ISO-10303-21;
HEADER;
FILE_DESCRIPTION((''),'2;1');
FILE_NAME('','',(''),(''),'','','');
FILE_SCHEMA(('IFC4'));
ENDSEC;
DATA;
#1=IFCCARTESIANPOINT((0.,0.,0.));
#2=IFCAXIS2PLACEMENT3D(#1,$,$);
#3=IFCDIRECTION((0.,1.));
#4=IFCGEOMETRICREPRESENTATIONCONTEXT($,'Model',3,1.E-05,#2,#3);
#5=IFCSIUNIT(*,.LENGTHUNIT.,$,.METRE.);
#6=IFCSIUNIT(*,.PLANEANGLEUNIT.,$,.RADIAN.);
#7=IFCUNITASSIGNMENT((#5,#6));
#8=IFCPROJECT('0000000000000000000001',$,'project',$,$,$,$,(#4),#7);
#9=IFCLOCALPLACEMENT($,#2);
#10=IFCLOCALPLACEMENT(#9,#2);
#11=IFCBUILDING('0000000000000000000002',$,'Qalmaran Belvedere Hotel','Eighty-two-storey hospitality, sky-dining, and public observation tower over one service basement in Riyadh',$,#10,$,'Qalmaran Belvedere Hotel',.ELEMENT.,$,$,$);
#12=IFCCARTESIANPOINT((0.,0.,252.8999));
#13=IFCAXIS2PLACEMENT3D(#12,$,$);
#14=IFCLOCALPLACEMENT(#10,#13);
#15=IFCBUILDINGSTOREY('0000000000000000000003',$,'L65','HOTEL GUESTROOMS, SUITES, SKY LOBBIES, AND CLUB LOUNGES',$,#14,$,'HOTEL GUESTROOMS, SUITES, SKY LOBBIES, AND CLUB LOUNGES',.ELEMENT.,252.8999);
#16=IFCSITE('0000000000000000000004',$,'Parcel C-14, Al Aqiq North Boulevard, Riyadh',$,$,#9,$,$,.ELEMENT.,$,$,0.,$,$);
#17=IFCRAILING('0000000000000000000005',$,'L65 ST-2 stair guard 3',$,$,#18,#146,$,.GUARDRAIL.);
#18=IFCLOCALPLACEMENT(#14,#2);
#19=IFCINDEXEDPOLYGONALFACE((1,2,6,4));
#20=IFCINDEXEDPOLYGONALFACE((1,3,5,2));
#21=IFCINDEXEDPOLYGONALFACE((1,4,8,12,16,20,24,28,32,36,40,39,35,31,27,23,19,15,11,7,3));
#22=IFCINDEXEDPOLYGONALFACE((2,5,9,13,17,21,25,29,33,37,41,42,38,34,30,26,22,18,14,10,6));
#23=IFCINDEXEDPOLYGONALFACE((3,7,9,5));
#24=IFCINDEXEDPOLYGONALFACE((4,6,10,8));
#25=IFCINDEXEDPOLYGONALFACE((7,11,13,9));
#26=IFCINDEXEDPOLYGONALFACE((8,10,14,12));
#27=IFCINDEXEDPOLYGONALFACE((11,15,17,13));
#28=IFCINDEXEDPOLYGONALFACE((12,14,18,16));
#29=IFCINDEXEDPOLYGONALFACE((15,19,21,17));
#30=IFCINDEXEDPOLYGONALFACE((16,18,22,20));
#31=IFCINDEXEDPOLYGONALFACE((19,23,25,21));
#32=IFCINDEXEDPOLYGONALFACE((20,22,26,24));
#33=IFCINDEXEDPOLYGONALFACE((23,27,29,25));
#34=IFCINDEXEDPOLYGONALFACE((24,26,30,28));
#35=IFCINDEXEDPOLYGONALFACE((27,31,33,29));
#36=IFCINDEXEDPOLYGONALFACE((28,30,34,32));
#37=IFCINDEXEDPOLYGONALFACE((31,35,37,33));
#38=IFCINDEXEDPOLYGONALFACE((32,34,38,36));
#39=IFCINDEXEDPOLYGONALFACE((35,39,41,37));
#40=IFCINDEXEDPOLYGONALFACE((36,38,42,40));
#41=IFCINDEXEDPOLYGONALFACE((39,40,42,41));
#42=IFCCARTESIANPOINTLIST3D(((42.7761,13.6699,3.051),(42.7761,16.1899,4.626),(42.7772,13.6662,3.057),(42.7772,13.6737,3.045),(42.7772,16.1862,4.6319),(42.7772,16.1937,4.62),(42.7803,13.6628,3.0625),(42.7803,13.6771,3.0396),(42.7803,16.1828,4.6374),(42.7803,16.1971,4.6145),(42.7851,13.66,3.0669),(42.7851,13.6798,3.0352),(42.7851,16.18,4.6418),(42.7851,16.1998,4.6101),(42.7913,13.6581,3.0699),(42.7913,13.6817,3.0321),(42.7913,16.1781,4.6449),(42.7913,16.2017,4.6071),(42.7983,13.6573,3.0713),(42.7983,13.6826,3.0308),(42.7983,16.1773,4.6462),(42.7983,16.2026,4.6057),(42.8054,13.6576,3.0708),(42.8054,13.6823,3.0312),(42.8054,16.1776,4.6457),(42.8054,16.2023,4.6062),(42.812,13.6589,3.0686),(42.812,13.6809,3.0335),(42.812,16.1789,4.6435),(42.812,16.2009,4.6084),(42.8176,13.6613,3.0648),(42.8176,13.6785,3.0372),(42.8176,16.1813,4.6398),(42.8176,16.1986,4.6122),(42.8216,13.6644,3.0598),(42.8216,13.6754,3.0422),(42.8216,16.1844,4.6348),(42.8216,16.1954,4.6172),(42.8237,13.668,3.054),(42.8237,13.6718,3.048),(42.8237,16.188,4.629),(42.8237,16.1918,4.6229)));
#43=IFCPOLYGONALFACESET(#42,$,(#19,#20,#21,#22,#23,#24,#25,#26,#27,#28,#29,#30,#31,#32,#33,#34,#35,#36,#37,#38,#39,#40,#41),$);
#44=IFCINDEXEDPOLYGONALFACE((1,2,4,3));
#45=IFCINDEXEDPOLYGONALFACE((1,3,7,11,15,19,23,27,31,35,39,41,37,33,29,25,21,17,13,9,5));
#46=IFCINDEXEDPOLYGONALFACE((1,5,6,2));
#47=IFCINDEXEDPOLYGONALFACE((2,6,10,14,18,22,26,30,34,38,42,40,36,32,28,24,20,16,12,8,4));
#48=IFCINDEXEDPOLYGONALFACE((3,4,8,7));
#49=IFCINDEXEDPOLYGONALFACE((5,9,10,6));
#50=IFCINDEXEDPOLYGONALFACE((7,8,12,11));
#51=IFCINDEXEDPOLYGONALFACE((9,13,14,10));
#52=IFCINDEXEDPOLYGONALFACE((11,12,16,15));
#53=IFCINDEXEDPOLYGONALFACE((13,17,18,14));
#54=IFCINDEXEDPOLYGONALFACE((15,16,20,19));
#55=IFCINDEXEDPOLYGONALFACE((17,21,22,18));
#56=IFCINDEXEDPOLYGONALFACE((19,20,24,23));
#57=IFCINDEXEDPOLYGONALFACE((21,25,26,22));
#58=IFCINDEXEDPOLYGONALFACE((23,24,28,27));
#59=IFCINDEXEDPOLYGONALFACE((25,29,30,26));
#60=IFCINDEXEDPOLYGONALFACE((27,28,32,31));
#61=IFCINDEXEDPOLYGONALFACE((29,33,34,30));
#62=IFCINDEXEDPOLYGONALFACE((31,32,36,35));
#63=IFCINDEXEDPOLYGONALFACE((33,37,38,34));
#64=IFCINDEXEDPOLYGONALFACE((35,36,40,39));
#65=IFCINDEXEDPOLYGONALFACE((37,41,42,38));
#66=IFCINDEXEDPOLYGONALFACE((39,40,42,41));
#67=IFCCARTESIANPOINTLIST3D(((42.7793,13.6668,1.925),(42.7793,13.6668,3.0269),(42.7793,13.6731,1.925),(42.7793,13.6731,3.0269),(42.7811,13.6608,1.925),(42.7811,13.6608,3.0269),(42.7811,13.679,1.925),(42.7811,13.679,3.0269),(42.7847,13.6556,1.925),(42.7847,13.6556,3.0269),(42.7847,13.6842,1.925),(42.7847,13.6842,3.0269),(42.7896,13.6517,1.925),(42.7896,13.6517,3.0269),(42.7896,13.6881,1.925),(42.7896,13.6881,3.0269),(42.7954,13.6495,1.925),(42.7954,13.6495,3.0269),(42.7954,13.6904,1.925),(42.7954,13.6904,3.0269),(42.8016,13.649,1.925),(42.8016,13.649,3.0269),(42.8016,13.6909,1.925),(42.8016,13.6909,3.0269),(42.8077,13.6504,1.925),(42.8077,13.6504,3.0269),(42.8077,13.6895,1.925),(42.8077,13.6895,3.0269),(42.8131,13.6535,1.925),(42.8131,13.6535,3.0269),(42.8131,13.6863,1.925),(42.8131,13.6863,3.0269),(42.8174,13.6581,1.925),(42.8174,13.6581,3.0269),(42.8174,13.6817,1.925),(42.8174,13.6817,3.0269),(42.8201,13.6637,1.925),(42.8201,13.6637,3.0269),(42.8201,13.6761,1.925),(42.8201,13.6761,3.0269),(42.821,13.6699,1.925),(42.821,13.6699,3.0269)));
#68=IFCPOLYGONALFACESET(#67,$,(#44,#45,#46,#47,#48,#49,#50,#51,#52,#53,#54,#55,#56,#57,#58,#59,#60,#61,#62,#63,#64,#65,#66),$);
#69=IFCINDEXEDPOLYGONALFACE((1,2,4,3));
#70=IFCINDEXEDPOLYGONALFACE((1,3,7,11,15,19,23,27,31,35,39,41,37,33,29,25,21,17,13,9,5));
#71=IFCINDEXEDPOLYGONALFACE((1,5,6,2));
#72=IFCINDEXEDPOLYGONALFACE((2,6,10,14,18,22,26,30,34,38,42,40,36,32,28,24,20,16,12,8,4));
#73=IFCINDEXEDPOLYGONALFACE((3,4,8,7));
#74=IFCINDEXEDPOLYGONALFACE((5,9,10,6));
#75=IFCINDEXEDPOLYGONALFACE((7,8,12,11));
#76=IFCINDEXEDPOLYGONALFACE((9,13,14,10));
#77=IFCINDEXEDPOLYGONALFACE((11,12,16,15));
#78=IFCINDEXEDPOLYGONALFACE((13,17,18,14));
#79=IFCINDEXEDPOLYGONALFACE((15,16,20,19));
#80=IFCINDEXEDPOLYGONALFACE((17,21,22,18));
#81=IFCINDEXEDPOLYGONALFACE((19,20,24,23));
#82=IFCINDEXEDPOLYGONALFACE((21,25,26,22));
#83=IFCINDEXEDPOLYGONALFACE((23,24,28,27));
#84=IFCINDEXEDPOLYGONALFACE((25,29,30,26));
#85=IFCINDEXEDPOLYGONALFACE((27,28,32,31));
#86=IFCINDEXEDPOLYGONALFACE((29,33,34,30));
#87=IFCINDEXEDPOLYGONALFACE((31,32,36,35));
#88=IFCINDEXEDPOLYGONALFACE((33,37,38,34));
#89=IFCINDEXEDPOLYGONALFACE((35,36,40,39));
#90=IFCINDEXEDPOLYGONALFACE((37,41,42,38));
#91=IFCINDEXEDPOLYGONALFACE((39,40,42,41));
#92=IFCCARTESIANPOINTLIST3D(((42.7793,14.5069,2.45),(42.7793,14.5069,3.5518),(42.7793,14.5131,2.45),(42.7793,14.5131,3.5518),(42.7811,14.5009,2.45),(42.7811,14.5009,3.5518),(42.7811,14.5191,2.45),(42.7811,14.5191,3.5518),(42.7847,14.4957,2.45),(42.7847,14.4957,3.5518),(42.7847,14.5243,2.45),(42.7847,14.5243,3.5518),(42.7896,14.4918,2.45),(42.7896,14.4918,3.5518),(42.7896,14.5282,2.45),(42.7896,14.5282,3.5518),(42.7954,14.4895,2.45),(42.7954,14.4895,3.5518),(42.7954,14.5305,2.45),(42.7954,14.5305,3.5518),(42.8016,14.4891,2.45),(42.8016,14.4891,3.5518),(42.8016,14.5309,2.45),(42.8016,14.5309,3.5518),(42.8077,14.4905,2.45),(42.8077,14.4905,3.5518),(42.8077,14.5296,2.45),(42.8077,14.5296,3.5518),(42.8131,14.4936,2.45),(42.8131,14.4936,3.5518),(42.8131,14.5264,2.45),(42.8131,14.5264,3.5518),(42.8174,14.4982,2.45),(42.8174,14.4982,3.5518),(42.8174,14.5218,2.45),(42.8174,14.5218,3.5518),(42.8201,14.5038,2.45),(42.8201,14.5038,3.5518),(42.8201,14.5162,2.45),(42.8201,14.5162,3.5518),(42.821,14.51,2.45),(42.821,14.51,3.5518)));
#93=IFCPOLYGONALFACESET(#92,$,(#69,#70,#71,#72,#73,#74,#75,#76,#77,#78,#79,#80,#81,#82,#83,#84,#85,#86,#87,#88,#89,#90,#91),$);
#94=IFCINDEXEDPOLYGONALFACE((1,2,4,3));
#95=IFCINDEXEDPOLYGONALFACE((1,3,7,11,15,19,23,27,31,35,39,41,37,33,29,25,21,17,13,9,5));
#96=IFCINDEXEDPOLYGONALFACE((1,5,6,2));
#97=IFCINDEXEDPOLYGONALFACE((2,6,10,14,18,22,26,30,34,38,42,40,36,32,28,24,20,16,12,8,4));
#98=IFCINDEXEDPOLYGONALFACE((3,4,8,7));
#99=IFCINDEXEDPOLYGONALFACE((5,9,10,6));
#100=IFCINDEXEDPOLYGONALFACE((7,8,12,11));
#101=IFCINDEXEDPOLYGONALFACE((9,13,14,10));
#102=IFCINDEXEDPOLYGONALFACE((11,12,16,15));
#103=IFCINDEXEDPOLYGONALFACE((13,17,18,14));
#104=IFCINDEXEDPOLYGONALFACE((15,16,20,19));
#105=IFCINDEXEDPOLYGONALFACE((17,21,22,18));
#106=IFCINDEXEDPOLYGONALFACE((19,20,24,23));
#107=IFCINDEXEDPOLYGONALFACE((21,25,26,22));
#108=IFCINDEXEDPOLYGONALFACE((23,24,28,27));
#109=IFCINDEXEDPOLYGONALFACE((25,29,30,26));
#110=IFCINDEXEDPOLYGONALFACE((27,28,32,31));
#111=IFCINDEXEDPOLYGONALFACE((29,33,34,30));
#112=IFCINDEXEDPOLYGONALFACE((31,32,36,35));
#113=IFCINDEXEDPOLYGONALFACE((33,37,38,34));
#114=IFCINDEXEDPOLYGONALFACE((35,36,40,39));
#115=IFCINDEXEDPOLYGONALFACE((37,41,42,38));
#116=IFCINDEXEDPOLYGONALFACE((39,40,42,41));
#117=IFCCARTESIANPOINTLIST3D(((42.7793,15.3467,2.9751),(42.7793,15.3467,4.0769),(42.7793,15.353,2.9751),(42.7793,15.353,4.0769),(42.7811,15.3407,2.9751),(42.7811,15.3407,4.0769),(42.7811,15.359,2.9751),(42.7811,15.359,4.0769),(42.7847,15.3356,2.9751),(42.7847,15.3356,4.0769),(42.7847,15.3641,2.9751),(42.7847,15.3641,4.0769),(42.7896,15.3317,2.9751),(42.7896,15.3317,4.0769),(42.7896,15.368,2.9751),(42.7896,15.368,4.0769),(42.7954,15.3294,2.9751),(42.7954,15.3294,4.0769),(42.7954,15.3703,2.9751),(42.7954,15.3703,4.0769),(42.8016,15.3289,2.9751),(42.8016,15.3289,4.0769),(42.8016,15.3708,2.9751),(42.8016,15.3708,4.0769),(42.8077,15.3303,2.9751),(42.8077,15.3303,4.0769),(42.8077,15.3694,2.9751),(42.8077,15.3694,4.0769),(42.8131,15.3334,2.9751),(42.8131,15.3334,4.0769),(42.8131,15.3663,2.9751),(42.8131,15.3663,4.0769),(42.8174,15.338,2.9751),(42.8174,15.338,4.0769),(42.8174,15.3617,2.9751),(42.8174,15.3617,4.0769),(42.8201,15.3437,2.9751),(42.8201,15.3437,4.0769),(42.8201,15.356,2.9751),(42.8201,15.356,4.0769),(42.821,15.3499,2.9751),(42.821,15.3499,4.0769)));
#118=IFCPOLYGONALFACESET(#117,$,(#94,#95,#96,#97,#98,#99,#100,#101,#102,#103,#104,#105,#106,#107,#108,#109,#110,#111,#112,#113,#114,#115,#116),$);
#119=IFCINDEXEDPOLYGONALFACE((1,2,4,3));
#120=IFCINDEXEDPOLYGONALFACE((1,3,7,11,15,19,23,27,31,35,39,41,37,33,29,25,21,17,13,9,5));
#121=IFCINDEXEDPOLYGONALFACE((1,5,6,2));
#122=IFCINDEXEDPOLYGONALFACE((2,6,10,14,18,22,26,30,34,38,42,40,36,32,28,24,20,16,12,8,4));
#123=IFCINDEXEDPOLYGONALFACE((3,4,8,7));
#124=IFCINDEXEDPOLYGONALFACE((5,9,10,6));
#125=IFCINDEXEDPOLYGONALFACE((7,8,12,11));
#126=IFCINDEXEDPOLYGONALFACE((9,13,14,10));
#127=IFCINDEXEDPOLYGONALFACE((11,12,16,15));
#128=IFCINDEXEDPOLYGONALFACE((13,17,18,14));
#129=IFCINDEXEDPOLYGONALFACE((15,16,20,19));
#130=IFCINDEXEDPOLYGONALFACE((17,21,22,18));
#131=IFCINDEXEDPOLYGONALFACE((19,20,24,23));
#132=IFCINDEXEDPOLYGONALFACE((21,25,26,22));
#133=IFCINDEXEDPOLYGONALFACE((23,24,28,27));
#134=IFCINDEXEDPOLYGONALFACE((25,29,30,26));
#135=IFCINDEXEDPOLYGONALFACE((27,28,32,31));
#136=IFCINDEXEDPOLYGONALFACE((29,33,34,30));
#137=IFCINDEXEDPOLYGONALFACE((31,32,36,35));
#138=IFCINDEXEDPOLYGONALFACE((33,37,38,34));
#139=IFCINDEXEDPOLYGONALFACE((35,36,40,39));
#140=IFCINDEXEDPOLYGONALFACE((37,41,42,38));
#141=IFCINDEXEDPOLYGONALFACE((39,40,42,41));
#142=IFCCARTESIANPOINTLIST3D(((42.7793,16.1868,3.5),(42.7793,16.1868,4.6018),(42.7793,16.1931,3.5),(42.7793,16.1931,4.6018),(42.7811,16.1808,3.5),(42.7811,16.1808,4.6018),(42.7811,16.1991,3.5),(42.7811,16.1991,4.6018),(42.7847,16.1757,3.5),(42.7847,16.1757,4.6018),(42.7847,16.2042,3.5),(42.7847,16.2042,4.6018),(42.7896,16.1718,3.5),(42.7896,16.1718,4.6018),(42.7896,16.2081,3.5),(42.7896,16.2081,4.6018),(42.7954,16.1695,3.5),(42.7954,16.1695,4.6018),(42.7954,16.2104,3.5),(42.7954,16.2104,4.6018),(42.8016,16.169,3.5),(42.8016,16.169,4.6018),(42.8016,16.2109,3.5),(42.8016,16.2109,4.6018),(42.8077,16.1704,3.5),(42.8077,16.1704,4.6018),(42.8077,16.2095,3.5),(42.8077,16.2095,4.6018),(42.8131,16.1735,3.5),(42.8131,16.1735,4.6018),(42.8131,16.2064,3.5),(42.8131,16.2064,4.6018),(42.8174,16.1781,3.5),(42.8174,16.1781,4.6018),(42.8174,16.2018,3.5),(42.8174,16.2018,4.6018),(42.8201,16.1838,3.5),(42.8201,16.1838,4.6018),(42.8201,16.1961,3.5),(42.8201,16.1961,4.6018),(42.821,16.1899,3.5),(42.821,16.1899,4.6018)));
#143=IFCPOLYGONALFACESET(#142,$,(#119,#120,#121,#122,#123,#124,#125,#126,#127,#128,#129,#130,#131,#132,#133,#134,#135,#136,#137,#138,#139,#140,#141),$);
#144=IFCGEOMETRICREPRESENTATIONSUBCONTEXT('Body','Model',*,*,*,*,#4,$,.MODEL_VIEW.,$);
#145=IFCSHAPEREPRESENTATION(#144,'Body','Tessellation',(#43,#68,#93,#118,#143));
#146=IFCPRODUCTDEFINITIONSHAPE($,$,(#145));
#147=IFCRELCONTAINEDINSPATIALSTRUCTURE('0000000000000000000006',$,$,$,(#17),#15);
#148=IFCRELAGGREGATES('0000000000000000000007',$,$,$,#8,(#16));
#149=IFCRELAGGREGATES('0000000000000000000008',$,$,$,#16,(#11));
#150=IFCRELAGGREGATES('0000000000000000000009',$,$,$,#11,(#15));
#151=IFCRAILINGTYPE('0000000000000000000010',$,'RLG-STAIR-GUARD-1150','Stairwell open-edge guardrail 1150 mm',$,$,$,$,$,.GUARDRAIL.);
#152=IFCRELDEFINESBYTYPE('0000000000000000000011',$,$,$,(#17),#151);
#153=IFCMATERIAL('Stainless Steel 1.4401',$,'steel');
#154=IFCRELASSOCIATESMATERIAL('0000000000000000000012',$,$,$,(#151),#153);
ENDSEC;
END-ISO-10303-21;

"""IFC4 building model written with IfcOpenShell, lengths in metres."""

from ifc_helpers import new_model, si_unit, direction, frame, origin, origin_2d, place, context, subcontext, project, spatial, circle, extrude, material, type_object, element, save


model = new_model("IFC4")

# Units and contexts
model_context = context("Model", 3, precision=1e-05, world=origin(), true_north=direction((0.0, 1.0)))
body_context = subcontext(model_context, "Body", "Model", "MODEL_VIEW")
ifc_project = project(units=[si_unit("LENGTHUNIT", "METRE"), si_unit("PLANEANGLEUNIT", "RADIAN")], contexts=[model_context])

# Site, building, storey
site_placement = place(None, origin())
site = spatial("IfcSite", under=ifc_project, at=site_placement, Name="Parcel C-14, Al Aqiq North Boulevard, Riyadh", CompositionType="ELEMENT", RefElevation=0.0)
building_placement = place(site_placement, origin())
building = spatial("IfcBuilding", under=site, at=building_placement, Name="Qalmaran Belvedere Hotel", Description="Eighty-two-storey hospitality, sky-dining, and public observation tower over one service basement in Riyadh", LongName="Qalmaran Belvedere Hotel", CompositionType="ELEMENT")
storey_placement = place(building_placement, frame((0.0, 0.0, 252.8999)))
storey = spatial("IfcBuildingStorey", under=building, at=storey_placement, Name="L65", Description="HOTEL GUESTROOMS, SUITES, SKY LOBBIES, AND CLUB LOUNGES", LongName="HOTEL GUESTROOMS, SUITES, SKY LOBBIES, AND CLUB LOUNGES", CompositionType="ELEMENT", Elevation=252.8999)

# Railing
ifc_material_1 = material(Name="Stainless Steel 1.4401", Category="steel")
railing_type_1 = type_object("IfcRailingType", Name="RLG-STAIR-GUARD-1150", Description="Stairwell open-edge guardrail 1150 mm", PredefinedType="GUARDRAIL", material=ifc_material_1)
railing_1_placement = place(storey_placement, frame((42.8, 13.6699, 1.925)))
element("IfcRailing", 1, at=railing_1_placement, inside=storey, type_object=railing_type_1, Name="L65 ST-2 stair guard 3", PredefinedType="GUARDRAIL", context=body_context, shape_type="SweptSolid", body=[
    extrude(circle(Radius=0.0239, at=origin_2d()), frame((0.0, 0.0, 1.126), z_axis=(0.0, 0.848008, 0.529984), x_axis=(-1.0, 0.0, 0.0)), (0.0, 0.0, 1.0), 2.9717),
    extrude(circle(Radius=0.021, at=origin_2d()), origin(), (0.0, 0.0, 1.0), 1.1018),
    extrude(circle(Radius=0.021, at=origin_2d()), frame((0.0, 0.8401, 0.5249)), (0.0, 0.0, 1.0), 1.1018),
    extrude(circle(Radius=0.021, at=origin_2d()), frame((0.0, 1.6799, 1.05)), (0.0, 0.0, 1.0), 1.1018),
    extrude(circle(Radius=0.021, at=origin_2d()), frame((0.0, 2.52, 1.575)), (0.0, 0.0, 1.0), 1.1018),
])

save(model, "model.ifc")
